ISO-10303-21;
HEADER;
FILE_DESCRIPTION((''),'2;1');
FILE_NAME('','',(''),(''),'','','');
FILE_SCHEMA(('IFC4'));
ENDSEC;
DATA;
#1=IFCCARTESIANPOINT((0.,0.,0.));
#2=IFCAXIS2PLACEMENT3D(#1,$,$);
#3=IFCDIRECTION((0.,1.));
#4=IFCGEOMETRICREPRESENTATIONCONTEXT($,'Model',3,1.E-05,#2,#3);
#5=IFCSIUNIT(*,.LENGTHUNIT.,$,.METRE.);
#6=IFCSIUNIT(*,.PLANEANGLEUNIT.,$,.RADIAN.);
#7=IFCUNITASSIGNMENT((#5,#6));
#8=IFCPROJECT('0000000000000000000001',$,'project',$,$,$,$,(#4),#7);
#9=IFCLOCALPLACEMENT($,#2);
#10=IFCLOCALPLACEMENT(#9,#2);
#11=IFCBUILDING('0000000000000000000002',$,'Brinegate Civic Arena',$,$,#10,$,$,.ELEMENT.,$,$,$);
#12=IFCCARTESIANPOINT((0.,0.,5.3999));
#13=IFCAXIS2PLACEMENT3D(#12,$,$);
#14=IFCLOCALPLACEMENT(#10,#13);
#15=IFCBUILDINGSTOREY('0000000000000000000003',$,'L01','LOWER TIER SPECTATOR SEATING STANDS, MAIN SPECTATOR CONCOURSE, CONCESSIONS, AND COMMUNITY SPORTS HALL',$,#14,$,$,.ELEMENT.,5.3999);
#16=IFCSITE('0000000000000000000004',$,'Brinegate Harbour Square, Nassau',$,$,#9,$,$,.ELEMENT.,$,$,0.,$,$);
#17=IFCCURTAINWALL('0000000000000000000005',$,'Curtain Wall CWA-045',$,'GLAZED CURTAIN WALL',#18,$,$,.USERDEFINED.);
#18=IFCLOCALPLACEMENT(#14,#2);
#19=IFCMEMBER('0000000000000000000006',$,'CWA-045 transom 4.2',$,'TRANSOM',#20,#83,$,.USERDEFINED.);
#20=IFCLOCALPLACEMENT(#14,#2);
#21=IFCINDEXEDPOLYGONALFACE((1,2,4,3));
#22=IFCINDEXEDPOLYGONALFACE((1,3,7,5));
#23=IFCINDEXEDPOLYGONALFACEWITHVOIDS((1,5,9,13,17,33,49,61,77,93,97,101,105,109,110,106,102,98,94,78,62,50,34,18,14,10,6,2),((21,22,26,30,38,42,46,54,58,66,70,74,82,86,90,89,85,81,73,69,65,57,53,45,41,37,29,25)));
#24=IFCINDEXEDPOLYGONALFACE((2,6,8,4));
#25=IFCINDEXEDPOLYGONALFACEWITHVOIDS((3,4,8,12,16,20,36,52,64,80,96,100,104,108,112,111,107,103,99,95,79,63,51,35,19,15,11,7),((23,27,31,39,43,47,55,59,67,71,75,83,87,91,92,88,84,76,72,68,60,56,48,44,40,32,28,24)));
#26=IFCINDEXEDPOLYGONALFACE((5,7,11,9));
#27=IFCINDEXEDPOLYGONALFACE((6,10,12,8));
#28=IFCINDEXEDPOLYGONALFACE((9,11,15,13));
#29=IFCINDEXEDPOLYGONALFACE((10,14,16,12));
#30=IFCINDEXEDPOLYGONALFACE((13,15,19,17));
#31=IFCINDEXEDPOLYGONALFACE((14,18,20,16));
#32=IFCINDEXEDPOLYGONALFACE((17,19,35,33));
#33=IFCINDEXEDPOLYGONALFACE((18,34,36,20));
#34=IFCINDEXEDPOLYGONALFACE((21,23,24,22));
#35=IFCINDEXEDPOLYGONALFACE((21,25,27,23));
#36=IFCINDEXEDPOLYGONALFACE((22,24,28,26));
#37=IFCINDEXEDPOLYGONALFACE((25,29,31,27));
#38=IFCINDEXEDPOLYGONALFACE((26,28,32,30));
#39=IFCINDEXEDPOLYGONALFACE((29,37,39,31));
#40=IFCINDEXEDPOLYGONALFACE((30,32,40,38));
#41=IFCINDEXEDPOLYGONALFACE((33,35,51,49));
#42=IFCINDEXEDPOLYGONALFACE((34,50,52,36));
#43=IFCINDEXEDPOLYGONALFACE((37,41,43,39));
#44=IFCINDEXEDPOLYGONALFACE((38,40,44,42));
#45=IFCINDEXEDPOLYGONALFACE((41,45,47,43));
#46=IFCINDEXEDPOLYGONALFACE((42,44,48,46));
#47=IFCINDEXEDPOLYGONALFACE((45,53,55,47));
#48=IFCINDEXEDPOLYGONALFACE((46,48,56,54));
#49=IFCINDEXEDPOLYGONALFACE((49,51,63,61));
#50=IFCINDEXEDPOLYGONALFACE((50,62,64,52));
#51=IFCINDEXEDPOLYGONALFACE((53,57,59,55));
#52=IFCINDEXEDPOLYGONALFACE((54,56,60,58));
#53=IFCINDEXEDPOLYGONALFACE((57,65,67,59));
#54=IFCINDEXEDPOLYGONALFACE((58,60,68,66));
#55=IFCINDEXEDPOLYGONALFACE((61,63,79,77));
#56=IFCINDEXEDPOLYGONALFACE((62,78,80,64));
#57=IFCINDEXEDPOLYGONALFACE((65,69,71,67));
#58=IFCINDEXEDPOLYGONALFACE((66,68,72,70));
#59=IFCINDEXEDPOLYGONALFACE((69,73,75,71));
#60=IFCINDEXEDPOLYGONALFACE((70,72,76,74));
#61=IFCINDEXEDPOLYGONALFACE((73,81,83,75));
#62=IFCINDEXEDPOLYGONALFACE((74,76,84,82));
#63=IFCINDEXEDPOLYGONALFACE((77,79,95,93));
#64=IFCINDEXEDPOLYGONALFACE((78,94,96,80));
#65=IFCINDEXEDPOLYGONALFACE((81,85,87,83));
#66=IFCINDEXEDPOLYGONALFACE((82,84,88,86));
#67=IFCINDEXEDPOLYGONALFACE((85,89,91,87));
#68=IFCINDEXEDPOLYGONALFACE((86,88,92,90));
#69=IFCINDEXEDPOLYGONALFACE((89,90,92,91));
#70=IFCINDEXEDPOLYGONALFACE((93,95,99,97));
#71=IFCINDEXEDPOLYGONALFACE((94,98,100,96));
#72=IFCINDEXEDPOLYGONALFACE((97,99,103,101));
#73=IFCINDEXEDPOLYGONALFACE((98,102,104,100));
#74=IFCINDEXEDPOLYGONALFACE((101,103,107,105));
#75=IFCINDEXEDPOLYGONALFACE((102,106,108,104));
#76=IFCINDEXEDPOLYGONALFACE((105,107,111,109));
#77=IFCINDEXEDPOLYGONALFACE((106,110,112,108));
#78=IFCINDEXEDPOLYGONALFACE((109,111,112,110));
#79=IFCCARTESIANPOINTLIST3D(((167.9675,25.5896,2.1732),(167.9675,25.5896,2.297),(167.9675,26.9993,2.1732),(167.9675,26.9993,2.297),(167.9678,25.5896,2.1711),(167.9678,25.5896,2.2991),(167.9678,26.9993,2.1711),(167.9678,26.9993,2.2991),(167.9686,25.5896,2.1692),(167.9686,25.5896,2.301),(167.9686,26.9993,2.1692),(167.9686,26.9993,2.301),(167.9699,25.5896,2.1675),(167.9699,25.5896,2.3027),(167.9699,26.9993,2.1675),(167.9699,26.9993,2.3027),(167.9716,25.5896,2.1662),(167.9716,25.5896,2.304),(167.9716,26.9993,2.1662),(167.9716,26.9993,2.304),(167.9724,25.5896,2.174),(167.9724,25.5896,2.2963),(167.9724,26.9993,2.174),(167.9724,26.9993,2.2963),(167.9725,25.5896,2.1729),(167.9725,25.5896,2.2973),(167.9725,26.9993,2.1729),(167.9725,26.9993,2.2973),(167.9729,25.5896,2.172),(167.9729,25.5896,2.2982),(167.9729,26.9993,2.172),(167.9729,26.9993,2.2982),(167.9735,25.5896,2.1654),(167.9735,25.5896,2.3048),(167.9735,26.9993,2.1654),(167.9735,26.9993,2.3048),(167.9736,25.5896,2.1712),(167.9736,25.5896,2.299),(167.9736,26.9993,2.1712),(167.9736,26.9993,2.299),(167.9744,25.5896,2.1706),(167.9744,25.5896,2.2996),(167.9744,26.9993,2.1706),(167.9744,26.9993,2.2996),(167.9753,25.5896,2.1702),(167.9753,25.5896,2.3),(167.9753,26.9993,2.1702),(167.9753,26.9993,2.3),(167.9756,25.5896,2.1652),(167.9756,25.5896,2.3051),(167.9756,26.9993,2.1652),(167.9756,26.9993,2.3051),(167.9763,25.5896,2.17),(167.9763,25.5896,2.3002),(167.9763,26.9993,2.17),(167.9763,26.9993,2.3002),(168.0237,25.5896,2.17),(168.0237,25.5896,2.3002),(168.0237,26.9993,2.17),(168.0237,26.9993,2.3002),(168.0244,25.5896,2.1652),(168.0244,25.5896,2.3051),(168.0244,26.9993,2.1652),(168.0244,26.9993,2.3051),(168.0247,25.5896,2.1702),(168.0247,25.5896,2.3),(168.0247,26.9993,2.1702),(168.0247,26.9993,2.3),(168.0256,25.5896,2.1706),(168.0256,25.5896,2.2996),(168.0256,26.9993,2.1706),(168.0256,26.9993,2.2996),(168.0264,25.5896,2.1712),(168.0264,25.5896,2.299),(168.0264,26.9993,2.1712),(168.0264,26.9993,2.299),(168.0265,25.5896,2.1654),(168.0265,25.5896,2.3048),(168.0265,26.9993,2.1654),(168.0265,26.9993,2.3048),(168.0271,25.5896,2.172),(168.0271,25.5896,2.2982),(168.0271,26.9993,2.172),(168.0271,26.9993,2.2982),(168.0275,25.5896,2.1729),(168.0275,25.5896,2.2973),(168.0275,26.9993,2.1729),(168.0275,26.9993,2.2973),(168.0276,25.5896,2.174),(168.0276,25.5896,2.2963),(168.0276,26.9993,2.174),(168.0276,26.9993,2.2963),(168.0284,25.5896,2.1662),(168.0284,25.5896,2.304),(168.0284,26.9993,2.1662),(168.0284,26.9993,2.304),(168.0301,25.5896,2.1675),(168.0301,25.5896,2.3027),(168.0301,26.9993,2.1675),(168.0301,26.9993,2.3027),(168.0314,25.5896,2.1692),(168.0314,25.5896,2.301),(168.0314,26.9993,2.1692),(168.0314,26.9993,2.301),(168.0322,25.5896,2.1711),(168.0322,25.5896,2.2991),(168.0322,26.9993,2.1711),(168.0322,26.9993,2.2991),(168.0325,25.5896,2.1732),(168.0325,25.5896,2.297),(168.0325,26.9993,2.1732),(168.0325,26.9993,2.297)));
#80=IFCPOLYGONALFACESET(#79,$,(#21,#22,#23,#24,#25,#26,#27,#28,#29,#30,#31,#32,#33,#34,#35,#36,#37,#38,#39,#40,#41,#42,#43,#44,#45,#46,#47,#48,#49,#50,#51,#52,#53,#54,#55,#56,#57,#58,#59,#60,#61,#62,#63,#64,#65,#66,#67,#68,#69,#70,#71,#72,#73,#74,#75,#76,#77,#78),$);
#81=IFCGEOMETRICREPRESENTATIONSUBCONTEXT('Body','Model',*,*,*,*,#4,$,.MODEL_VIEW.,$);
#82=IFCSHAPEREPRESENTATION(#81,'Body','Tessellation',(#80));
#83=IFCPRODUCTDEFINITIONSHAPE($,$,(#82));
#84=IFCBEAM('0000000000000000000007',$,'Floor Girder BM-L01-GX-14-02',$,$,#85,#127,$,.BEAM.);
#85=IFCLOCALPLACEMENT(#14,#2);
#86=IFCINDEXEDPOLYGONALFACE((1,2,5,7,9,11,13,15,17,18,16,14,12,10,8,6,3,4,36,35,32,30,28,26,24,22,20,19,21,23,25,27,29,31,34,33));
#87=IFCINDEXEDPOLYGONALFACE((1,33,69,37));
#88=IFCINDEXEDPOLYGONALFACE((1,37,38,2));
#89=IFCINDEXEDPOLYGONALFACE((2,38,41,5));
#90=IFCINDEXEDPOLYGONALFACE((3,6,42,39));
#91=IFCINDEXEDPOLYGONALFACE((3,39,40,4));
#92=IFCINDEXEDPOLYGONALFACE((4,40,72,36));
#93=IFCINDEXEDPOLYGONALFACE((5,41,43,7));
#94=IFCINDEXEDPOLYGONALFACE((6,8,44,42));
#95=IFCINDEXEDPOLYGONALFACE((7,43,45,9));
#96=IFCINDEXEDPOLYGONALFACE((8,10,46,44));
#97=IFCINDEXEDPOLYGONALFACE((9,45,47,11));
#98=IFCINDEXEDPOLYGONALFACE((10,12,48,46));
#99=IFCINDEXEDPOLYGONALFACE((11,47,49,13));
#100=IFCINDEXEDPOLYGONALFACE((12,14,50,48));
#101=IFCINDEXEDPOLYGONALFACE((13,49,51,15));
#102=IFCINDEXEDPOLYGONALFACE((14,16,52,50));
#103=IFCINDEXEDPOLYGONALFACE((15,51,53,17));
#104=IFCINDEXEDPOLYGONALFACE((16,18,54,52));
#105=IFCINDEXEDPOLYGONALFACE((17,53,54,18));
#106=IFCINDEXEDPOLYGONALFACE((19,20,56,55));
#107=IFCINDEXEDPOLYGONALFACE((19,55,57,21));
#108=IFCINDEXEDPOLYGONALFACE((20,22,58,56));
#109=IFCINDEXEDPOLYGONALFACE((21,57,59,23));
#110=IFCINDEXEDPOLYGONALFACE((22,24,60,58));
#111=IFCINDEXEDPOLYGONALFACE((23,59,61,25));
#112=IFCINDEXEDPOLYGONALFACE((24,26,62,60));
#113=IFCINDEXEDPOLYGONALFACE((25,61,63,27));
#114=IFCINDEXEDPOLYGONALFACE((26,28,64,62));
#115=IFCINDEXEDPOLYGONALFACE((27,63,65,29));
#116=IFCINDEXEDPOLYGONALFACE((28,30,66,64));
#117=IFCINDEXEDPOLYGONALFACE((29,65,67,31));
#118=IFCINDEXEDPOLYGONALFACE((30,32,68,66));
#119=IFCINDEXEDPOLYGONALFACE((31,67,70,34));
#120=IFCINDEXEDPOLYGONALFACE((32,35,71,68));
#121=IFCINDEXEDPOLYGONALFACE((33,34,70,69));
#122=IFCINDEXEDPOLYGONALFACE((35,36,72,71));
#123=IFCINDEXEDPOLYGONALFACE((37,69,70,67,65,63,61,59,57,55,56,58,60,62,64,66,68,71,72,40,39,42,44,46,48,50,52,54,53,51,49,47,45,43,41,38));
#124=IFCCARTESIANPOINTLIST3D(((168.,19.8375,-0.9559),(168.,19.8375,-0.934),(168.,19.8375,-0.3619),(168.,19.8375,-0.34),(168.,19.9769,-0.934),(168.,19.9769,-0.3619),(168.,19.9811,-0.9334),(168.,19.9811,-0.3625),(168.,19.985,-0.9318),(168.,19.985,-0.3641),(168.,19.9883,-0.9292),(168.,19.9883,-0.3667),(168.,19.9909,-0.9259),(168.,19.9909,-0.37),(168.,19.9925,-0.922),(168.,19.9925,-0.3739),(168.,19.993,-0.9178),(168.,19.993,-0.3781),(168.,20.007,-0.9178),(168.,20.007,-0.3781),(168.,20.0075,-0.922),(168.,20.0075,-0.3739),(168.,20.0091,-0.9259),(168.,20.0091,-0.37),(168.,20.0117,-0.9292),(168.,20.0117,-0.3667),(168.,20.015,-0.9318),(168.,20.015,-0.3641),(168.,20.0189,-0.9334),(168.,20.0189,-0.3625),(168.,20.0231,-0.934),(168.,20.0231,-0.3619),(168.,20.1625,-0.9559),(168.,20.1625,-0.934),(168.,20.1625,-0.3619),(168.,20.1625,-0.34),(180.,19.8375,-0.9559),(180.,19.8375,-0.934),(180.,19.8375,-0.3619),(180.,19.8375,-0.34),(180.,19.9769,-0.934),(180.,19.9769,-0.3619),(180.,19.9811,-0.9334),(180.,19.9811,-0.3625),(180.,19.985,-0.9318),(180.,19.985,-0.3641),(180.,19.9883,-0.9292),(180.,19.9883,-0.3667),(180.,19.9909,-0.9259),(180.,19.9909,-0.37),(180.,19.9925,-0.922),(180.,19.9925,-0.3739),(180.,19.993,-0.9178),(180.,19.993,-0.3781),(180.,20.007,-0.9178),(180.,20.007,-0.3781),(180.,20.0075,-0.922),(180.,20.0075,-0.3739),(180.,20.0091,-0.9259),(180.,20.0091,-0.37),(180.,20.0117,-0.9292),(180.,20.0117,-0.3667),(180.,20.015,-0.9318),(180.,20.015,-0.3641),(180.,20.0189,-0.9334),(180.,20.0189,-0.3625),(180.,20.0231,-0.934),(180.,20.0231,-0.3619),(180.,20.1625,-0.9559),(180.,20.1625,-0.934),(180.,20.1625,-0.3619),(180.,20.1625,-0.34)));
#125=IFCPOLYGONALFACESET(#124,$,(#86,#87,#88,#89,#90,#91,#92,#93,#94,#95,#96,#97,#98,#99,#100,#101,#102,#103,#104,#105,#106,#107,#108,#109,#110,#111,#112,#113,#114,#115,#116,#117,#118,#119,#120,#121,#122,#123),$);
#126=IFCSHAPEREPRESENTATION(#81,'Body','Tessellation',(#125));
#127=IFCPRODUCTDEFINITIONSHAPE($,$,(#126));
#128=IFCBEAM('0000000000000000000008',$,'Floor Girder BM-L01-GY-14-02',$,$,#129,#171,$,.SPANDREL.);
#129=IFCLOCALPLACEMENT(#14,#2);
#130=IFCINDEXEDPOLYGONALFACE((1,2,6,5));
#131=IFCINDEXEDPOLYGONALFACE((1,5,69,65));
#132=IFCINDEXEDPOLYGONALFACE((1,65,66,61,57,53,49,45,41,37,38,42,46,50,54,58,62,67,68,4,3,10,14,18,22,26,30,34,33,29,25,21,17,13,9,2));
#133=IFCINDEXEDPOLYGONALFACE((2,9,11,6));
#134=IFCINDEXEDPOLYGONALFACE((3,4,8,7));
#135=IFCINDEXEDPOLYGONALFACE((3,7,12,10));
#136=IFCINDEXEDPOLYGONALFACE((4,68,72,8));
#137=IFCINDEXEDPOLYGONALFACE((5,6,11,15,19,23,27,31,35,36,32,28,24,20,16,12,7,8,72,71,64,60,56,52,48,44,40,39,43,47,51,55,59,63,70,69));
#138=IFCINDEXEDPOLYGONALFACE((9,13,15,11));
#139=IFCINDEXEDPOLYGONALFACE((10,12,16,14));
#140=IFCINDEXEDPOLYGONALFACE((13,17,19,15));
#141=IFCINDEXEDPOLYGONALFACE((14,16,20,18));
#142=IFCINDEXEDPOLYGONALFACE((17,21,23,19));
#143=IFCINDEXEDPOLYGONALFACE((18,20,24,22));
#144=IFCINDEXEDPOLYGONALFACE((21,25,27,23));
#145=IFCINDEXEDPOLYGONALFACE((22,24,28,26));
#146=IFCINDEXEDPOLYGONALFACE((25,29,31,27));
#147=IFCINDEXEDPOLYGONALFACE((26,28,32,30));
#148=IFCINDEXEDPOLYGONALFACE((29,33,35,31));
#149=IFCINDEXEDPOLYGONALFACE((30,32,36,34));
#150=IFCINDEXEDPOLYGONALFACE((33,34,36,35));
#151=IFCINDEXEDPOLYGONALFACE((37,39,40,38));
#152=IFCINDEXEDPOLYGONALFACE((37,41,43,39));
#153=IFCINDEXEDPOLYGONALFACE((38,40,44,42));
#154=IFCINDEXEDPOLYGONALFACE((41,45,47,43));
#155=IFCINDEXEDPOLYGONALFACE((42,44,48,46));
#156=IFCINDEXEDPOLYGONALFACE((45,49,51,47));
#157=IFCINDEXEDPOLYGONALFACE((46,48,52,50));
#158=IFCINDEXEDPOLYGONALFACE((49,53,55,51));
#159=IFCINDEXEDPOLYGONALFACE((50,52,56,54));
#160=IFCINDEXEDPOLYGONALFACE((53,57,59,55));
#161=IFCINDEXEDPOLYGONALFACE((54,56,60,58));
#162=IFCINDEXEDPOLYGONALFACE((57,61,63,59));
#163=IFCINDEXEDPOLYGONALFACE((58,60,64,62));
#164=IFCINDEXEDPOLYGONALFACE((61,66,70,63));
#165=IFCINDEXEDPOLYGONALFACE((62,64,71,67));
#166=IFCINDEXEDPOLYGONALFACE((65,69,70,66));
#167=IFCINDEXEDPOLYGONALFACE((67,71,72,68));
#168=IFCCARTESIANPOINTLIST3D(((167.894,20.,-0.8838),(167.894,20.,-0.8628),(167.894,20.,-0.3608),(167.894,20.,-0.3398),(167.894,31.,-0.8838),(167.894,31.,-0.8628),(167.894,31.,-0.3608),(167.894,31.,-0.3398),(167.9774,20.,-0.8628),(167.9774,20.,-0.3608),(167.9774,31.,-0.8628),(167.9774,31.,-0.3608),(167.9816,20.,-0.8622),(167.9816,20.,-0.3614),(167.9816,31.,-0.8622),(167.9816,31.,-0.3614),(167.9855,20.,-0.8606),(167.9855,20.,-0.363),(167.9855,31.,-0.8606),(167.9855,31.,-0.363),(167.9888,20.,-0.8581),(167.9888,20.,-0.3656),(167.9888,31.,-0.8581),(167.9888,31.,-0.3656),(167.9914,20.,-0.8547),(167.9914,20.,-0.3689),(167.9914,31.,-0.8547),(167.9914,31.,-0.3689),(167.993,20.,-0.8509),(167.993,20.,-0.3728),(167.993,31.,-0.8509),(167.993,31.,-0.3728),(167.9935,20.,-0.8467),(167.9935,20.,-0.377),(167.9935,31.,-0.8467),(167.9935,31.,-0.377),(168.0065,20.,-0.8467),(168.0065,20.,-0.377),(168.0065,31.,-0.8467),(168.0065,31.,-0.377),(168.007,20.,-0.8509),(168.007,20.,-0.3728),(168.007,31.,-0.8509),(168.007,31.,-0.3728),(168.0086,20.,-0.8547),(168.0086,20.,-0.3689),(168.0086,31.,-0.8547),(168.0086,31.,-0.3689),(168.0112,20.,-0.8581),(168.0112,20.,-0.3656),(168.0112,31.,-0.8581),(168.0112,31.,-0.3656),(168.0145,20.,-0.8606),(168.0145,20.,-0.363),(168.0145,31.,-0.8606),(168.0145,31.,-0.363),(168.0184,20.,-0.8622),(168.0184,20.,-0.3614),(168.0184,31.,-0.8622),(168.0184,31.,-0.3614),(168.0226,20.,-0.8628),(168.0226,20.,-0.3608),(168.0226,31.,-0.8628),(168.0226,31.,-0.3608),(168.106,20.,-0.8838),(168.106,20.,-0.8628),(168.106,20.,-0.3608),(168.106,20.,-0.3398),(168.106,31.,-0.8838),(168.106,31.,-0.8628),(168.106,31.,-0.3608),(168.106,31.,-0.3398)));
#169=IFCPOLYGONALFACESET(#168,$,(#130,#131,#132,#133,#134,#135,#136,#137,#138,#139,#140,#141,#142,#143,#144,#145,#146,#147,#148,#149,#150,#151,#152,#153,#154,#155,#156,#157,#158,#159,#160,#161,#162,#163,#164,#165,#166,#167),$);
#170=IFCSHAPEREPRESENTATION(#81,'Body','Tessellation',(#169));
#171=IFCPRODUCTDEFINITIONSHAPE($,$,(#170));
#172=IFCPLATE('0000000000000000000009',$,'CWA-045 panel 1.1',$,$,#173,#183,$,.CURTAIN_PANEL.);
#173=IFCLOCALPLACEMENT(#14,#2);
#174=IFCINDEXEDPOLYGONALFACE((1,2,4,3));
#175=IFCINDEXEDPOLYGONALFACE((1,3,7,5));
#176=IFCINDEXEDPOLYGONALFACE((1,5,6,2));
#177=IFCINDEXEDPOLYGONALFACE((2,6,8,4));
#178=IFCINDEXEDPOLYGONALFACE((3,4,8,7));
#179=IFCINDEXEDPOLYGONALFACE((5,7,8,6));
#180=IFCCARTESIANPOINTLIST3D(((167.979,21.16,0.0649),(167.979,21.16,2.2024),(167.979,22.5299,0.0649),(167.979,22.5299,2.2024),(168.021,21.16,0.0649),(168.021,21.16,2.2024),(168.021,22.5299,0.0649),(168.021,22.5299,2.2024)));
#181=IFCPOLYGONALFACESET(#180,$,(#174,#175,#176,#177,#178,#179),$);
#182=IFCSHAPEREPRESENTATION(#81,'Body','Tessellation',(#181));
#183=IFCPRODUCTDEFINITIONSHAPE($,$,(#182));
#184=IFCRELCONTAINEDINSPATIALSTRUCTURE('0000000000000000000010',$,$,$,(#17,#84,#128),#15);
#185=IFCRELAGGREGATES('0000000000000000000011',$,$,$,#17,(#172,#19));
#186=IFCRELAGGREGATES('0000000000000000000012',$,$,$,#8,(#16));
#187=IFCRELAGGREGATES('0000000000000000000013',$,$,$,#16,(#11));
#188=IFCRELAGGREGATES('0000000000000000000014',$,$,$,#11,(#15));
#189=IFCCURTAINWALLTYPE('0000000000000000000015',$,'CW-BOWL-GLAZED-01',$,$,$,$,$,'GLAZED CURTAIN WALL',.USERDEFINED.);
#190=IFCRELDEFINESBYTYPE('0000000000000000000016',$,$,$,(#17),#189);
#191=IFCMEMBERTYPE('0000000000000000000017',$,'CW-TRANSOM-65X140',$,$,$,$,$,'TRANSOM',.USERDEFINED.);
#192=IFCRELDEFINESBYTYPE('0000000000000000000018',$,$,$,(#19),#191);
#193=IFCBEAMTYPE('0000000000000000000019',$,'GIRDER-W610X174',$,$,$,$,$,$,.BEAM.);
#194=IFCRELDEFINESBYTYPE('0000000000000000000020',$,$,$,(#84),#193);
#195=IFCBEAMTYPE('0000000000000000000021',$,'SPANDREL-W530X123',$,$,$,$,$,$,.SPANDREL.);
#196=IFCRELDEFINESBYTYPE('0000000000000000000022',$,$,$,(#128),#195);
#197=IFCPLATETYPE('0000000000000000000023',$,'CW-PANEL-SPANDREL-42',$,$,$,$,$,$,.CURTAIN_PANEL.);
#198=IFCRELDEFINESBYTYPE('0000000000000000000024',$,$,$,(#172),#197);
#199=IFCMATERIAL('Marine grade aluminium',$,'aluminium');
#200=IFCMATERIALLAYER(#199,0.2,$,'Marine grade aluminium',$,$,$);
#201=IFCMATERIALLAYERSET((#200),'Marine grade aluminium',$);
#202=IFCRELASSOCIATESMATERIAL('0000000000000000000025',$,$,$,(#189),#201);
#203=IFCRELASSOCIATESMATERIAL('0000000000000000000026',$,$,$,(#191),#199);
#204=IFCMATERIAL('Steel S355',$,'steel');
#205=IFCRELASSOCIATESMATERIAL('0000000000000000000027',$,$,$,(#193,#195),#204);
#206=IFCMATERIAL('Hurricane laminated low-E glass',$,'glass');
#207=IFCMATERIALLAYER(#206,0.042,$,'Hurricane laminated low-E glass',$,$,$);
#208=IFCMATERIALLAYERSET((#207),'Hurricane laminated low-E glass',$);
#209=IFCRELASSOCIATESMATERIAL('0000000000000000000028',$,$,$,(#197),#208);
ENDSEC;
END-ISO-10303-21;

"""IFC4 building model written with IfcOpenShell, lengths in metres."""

from ifc_helpers import new_model, si_unit, direction, frame, origin, origin_2d, place, context, subcontext, project, spatial, rectangle, hollow_rectangle, i_section, extrude, material, layer, layer_set, material_profile, profile_set, type_object, element, aggregate, save


model = new_model("IFC4")

# Units and contexts
model_context = context("Model", 3, precision=1e-05, world=origin(), true_north=direction((0.0, 1.0)))
body_context = subcontext(model_context, "Body", "Model", "MODEL_VIEW")
ifc_project = project(units=[si_unit("LENGTHUNIT", "METRE"), si_unit("PLANEANGLEUNIT", "RADIAN")], contexts=[model_context])

# Site, building, storey
site_placement = place(None, origin())
site = spatial("IfcSite", under=ifc_project, at=site_placement, Name="Brinegate Harbour Square, Nassau", CompositionType="ELEMENT", RefElevation=0.0)
building_placement = place(site_placement, origin())
building = spatial("IfcBuilding", under=site, at=building_placement, Name="Brinegate Civic Arena", CompositionType="ELEMENT")
storey_placement = place(building_placement, frame((0.0, 0.0, 5.3999)))
storey = spatial("IfcBuildingStorey", under=building, at=storey_placement, Name="L01", Description="LOWER TIER SPECTATOR SEATING STANDS, MAIN SPECTATOR CONCOURSE, CONCESSIONS, AND COMMUNITY SPORTS HALL", CompositionType="ELEMENT", Elevation=5.3999)

# Curtain wall, member
ifc_material_1 = material(Name="Marine grade aluminium", Category="aluminium")
ifc_layer_1 = layer(ifc_material_1, 0.2, Name="Marine grade aluminium")
ifc_layer_set_1 = layer_set([ifc_layer_1], Name="Marine grade aluminium")
curtain_wall_type = type_object("IfcCurtainWallType", Name="CW-BOWL-GLAZED-01", ElementType="GLAZED CURTAIN WALL", PredefinedType="USERDEFINED", material=ifc_layer_set_1)
curtain_wall_placement = place(storey_placement, origin())
curtain_wall = element("IfcCurtainWall", 1, at=curtain_wall_placement, inside=storey, type_object=curtain_wall_type, Name="Curtain Wall CWA-045", ObjectType="GLAZED CURTAIN WALL", PredefinedType="USERDEFINED")
ifc_material_profile_1 = material_profile(ifc_material_1, hollow_rectangle(XDim=0.0649, YDim=0.1399, WallThickness=0.0049, InnerFilletRadius=0.0039, OuterFilletRadius=0.0081, at=origin_2d()), Name="TRN65X140")
ifc_profile_set_1 = profile_set([ifc_material_profile_1], Name="Marine grade aluminium")
member_type_1 = type_object("IfcMemberType", Name="CW-TRANSOM-65X140", ElementType="TRANSOM", PredefinedType="USERDEFINED", material=ifc_profile_set_1)
member_1_placement = place(storey_placement, frame((168.0, 25.5896, 2.2351), z_axis=(0.0, 1.0, 0.0), x_axis=(-1.0, 0.0, 0.0)))
member_1 = element("IfcMember", 2, at=member_1_placement, type_object=member_type_1, Name="CWA-045 transom 4.2", ObjectType="TRANSOM", PredefinedType="USERDEFINED", context=body_context, shape_type="SweptSolid", body=[
    extrude(hollow_rectangle(XDim=0.0649, YDim=0.1399, WallThickness=0.0049, InnerFilletRadius=0.0039, OuterFilletRadius=0.0081, at=origin_2d()), origin(), (0.0, 0.0, 1.0), 1.4097),
])

# Beams
ifc_material_2 = material(Name="Steel S355", Category="steel")
ifc_material_profile_2 = material_profile(ifc_material_2, i_section(OverallWidth=0.325, OverallDepth=0.616, WebThickness=0.0139, FlangeThickness=0.022, FilletRadius=0.0161, at=origin_2d()), Name="W610X174")
ifc_profile_set_2 = profile_set([ifc_material_profile_2], Name="Steel S355")
beam_type_1 = type_object("IfcBeamType", Name="GIRDER-W610X174", PredefinedType="BEAM", material=ifc_profile_set_2)
beam_1_placement = place(storey_placement, frame((168.0, 20.0, -0.6479), z_axis=(1.0, 0.0, 0.0), x_axis=(0.0, 1.0, 0.0)))
element("IfcBeam", 3, at=beam_1_placement, inside=storey, type_object=beam_type_1, Name="Floor Girder BM-L01-GX-14-02", PredefinedType="BEAM", context=body_context, shape_type="SweptSolid", body=[
    extrude(i_section(OverallWidth=0.325, OverallDepth=0.616, WebThickness=0.0139, FlangeThickness=0.022, FilletRadius=0.0161, at=origin_2d()), origin(), (0.0, 0.0, 1.0), 12.0),
])
ifc_material_profile_3 = material_profile(ifc_material_2, i_section(OverallWidth=0.2119, OverallDepth=0.5439, WebThickness=0.0129, FlangeThickness=0.021, FilletRadius=0.0161, at=origin_2d()), Name="W530X123")
ifc_profile_set_3 = profile_set([ifc_material_profile_3], Name="Steel S355")
beam_type_2 = type_object("IfcBeamType", Name="SPANDREL-W530X123", PredefinedType="SPANDREL", material=ifc_profile_set_3)
beam_2_placement = place(storey_placement, frame((168.0, 20.0, -0.6118), z_axis=(0.0, 1.0, 0.0), x_axis=(-1.0, 0.0, 0.0)))
element("IfcBeam", 4, at=beam_2_placement, inside=storey, type_object=beam_type_2, Name="Floor Girder BM-L01-GY-14-02", PredefinedType="SPANDREL", context=body_context, shape_type="SweptSolid", body=[
    extrude(i_section(OverallWidth=0.2119, OverallDepth=0.5439, WebThickness=0.0129, FlangeThickness=0.021, FilletRadius=0.0161, at=origin_2d()), origin(), (0.0, 0.0, 1.0), 11.0),
])

# Plate
ifc_material_3 = material(Name="Hurricane laminated low-E glass", Category="glass")
ifc_layer_2 = layer(ifc_material_3, 0.042, Name="Hurricane laminated low-E glass")
ifc_layer_set_2 = layer_set([ifc_layer_2], Name="Hurricane laminated low-E glass")
plate_type = type_object("IfcPlateType", Name="CW-PANEL-SPANDREL-42", PredefinedType="CURTAIN_PANEL", material=ifc_layer_set_2)
plate_1_placement = place(storey_placement, frame((168.0, 21.845, 0.0649), z_axis=(0.0, 0.0, 1.0), x_axis=(0.0, 1.0, 0.0)))
plate_1 = element("IfcPlate", 5, at=plate_1_placement, type_object=plate_type, Name="CWA-045 panel 1.1", PredefinedType="CURTAIN_PANEL", context=body_context, shape_type="SweptSolid", body=[
    extrude(rectangle(XDim=1.3699, YDim=0.042, at=origin_2d()), origin(), (0.0, 0.0, 1.0), 2.1375),
])
aggregate(curtain_wall, [plate_1, member_1])

save(model, "model.ifc")
